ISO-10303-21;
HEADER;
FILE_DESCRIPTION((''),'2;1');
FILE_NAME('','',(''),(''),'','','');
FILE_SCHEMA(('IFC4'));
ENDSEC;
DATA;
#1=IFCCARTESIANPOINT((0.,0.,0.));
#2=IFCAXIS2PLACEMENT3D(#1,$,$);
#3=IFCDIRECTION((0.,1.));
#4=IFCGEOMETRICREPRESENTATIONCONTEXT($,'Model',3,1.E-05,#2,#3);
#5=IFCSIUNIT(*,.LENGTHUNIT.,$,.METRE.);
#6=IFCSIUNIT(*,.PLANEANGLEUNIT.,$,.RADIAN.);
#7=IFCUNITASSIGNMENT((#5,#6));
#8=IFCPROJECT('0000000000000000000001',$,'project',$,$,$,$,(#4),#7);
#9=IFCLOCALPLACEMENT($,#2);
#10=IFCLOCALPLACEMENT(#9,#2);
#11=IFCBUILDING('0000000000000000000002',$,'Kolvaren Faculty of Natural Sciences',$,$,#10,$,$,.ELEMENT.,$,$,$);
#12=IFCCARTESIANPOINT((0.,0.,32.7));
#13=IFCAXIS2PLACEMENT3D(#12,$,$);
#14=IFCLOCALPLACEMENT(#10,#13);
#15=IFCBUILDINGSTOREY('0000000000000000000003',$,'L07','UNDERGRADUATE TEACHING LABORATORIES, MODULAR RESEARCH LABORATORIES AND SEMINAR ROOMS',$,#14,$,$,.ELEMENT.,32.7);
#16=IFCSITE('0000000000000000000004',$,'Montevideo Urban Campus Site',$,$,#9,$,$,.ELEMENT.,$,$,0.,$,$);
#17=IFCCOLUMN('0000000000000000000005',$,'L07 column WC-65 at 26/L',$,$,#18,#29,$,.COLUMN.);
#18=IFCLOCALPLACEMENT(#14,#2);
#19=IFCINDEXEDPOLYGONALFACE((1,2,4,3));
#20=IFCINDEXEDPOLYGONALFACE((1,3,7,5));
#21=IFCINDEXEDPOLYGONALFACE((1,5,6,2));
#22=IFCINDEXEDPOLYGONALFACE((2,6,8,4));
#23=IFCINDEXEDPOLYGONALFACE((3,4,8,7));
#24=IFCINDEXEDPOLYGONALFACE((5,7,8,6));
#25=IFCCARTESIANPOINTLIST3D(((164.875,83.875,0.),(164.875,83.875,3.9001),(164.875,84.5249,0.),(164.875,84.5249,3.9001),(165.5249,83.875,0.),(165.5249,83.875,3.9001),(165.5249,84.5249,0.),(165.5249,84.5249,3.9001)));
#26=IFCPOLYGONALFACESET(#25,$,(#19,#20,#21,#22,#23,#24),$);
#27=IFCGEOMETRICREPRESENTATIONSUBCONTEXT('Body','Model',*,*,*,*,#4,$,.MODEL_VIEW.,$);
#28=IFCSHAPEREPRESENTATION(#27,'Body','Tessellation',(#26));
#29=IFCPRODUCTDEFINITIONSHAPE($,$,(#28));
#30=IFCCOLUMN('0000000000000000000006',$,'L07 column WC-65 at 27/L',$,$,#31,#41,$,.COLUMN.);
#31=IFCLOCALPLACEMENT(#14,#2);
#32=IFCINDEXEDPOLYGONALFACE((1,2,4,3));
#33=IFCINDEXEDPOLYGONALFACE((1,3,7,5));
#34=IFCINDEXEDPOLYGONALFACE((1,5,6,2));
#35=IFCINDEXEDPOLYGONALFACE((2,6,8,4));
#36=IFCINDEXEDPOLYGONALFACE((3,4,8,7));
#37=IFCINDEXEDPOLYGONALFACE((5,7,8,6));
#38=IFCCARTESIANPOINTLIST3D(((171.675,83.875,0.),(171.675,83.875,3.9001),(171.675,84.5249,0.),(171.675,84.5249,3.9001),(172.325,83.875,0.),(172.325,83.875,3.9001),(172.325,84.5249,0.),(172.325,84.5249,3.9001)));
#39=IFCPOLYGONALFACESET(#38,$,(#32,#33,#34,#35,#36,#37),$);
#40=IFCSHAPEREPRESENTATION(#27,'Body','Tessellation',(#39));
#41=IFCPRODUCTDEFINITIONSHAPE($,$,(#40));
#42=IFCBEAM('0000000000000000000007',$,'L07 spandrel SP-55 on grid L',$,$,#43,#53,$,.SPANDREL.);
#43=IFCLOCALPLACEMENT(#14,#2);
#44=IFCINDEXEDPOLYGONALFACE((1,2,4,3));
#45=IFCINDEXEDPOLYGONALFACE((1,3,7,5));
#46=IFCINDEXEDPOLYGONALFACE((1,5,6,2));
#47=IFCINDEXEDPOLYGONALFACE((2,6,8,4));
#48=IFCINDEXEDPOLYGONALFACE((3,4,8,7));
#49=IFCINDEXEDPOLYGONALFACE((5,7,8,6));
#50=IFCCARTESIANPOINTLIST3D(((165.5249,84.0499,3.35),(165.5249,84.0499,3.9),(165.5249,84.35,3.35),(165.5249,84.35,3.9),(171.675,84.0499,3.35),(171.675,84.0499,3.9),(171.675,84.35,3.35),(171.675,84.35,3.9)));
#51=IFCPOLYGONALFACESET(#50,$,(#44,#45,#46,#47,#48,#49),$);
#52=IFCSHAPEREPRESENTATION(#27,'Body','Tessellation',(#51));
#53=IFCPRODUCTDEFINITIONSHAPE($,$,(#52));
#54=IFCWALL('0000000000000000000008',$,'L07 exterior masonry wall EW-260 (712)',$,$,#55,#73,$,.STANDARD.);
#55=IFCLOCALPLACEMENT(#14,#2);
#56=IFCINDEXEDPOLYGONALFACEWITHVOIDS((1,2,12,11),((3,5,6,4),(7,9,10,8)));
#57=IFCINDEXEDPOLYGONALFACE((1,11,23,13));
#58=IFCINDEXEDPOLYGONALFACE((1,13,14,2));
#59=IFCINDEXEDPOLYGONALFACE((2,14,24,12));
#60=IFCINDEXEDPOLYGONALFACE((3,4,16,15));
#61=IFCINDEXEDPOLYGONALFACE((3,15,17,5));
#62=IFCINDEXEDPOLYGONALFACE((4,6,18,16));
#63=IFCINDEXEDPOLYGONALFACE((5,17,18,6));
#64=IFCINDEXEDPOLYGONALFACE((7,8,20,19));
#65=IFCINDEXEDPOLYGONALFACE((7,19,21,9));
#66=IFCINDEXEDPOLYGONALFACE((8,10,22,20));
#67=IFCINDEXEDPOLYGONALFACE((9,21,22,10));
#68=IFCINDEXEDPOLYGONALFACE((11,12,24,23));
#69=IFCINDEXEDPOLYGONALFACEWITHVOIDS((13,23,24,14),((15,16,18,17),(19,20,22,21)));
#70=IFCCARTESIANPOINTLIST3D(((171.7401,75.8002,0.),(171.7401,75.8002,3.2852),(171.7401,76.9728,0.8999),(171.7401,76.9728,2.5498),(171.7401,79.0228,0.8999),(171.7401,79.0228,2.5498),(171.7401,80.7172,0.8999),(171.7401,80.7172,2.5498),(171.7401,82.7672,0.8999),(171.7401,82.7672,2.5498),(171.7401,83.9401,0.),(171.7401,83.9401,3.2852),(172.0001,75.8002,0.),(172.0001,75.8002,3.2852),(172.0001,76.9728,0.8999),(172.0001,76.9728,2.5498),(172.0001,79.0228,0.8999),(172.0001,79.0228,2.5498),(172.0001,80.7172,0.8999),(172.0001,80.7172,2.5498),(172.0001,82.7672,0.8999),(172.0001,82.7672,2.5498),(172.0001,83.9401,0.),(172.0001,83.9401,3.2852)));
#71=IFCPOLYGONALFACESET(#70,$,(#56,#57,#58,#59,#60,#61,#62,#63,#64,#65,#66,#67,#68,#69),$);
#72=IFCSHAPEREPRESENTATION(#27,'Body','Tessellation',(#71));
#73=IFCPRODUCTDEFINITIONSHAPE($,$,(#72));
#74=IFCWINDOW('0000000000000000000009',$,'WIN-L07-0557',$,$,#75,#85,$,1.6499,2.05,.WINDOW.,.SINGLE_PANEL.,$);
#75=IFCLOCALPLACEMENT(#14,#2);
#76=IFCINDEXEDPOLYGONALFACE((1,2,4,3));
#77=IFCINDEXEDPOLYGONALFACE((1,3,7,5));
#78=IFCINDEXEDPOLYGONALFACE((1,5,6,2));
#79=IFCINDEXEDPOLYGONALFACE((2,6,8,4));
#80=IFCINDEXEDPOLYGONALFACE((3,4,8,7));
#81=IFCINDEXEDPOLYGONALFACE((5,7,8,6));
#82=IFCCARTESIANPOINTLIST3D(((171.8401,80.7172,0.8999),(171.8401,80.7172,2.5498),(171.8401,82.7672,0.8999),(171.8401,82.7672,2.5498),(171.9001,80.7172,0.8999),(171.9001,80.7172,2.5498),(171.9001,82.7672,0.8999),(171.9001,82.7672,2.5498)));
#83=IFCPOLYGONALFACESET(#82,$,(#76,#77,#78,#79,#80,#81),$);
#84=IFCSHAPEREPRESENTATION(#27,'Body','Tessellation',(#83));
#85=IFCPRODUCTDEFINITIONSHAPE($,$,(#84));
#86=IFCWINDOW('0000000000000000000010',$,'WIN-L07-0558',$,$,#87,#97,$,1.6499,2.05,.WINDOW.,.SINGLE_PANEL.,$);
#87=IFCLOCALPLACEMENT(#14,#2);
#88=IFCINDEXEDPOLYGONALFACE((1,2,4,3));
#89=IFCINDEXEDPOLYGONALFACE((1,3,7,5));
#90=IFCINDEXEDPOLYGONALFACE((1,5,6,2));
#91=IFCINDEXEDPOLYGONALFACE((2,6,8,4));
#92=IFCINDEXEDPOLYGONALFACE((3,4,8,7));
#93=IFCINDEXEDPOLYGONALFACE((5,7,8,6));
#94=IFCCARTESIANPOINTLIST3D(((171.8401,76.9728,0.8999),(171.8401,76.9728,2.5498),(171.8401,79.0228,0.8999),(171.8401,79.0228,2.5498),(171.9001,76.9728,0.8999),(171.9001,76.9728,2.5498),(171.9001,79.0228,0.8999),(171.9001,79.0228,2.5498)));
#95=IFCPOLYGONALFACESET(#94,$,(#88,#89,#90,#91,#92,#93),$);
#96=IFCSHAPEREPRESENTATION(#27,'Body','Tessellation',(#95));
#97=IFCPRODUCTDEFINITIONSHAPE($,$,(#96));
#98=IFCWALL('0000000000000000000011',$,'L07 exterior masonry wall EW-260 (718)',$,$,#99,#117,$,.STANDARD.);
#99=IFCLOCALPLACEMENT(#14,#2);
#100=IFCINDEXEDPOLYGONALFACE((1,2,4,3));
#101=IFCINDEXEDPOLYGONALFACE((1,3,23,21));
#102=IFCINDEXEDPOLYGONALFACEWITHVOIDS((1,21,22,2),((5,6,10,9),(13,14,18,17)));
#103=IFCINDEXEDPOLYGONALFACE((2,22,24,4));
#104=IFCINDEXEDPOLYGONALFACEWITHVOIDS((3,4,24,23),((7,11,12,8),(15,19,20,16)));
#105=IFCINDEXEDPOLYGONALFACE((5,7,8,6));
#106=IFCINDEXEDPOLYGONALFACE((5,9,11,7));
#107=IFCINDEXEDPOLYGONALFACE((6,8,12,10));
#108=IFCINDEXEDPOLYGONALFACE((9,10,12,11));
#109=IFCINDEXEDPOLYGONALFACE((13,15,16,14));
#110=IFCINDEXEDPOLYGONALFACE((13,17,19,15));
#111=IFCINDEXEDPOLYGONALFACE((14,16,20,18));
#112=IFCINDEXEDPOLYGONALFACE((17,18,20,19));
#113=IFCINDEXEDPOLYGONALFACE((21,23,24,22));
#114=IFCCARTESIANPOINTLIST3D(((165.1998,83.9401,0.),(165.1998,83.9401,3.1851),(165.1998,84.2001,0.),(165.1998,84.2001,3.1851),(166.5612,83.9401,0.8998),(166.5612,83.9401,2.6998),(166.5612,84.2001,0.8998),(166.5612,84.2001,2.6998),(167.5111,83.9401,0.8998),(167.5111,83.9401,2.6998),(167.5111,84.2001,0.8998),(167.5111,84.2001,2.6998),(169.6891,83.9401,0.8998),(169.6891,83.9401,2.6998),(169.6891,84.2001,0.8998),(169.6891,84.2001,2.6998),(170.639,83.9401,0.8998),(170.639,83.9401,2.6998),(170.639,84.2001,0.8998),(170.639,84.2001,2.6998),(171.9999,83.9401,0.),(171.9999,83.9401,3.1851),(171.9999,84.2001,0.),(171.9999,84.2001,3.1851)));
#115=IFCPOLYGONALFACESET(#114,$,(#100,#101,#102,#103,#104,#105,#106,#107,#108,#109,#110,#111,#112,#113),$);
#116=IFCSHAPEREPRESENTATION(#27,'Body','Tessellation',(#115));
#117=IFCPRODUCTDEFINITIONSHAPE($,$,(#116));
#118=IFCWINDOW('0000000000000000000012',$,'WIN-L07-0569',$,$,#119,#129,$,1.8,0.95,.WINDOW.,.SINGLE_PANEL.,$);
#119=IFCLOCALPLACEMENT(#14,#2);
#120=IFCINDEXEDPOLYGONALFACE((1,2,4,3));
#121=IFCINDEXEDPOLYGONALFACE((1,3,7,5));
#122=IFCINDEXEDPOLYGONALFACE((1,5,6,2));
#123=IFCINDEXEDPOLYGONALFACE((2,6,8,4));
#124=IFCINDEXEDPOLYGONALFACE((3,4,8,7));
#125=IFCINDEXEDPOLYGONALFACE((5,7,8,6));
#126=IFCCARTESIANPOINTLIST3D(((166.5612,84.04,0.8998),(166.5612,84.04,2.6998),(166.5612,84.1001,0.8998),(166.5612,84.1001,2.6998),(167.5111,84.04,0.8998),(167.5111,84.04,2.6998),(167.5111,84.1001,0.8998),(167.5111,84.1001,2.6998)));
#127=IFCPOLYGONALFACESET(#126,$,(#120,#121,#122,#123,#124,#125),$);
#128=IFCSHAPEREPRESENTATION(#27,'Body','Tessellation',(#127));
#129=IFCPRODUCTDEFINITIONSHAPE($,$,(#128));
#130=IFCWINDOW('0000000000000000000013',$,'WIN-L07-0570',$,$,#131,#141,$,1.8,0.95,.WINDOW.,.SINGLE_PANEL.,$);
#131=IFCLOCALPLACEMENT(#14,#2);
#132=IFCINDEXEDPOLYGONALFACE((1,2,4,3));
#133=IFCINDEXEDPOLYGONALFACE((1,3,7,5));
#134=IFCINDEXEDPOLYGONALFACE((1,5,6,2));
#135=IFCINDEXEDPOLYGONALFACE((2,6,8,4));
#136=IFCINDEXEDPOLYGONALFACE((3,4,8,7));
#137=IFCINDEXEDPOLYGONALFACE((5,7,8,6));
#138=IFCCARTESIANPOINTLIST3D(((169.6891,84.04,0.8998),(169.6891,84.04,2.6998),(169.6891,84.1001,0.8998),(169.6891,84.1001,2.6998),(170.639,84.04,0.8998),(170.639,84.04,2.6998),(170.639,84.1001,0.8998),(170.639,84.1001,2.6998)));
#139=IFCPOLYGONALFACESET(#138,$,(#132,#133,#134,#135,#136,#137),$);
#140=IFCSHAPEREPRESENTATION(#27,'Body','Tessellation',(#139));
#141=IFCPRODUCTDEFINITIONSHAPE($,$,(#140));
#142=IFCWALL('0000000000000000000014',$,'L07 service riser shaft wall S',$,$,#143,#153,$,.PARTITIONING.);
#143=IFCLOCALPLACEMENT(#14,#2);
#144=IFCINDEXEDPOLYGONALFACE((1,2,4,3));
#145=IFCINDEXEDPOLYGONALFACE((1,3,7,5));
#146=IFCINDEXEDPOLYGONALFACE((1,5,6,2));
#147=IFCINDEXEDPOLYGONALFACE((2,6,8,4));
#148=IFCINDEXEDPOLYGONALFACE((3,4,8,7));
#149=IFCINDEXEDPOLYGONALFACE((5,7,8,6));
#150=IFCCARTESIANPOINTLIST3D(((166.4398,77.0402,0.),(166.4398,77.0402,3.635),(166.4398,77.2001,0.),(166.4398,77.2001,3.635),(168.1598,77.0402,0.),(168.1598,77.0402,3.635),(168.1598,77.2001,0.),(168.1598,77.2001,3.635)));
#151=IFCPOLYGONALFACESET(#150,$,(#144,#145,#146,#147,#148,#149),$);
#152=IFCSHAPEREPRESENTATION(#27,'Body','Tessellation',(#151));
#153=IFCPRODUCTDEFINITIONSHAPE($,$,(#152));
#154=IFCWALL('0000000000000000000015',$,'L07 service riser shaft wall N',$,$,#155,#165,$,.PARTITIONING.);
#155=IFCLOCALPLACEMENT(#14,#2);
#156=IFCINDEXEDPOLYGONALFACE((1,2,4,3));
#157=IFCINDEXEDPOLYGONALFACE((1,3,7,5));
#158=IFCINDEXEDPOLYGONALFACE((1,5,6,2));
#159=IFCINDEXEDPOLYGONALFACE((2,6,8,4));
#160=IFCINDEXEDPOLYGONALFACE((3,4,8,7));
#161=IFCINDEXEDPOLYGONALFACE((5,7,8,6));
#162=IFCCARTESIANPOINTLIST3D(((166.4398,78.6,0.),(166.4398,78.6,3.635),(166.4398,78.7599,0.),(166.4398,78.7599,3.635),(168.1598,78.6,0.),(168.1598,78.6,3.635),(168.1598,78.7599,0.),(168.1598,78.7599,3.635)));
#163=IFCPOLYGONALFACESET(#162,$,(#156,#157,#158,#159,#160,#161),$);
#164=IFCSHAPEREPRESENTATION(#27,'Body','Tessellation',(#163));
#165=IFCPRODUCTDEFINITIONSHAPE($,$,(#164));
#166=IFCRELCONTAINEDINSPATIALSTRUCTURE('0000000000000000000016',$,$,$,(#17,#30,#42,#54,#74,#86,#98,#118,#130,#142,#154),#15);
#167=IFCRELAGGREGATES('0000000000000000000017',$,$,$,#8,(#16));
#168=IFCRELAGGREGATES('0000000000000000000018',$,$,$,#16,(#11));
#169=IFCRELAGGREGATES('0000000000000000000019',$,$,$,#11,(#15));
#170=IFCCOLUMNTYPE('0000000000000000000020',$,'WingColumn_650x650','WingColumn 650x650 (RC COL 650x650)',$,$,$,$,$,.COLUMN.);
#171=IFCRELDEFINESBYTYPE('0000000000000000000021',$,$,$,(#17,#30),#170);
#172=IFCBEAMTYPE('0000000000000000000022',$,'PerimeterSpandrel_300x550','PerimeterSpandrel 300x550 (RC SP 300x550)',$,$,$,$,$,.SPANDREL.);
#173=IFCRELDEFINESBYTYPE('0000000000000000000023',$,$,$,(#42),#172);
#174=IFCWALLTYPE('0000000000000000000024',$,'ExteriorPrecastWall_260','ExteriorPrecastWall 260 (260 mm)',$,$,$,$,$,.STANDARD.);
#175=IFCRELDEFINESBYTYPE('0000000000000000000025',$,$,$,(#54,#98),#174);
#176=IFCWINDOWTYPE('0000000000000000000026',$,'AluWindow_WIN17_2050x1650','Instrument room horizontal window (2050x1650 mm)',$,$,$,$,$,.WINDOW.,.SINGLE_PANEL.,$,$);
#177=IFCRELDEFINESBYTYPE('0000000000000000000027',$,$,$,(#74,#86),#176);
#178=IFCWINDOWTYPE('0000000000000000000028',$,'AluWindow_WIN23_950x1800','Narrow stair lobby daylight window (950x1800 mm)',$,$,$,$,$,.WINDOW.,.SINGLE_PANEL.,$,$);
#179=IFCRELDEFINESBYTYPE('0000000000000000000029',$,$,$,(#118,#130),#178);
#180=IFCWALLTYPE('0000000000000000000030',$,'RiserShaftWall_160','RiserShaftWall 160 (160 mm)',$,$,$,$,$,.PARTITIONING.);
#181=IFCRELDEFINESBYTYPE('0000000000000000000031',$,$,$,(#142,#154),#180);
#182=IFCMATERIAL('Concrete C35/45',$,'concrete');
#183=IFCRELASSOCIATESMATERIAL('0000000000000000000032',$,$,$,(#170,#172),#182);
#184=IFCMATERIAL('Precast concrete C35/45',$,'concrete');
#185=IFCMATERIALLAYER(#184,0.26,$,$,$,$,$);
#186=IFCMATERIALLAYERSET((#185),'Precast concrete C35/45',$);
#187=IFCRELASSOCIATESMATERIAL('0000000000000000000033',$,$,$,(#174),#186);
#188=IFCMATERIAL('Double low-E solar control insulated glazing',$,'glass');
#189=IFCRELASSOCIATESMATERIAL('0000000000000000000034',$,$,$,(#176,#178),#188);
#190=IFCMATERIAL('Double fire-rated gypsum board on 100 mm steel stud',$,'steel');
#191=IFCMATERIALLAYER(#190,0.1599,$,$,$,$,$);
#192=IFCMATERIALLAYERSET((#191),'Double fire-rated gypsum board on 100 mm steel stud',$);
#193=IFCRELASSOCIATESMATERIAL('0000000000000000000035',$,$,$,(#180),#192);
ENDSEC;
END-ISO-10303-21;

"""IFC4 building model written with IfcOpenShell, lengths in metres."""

from ifc_helpers import new_model, si_unit, direction, frame, frame_2d, origin, origin_2d, place, context, subcontext, project, spatial, rectangle, extrude, material, layer, layer_set, material_profile, profile_set, type_object, element, fill, save


model = new_model("IFC4")

# Units and contexts
model_context = context("Model", 3, precision=1e-05, world=origin(), true_north=direction((0.0, 1.0)))
body_context = subcontext(model_context, "Body", "Model", "MODEL_VIEW")
ifc_project = project(units=[si_unit("LENGTHUNIT", "METRE"), si_unit("PLANEANGLEUNIT", "RADIAN")], contexts=[model_context])

# Site, building, storey
site_placement = place(None, origin())
site = spatial("IfcSite", under=ifc_project, at=site_placement, Name="Montevideo Urban Campus Site", CompositionType="ELEMENT", RefElevation=0.0)
building_placement = place(site_placement, origin())
building = spatial("IfcBuilding", under=site, at=building_placement, Name="Kolvaren Faculty of Natural Sciences", CompositionType="ELEMENT")
storey_placement = place(building_placement, frame((0.0, 0.0, 32.7)))
storey = spatial("IfcBuildingStorey", under=building, at=storey_placement, Name="L07", Description="UNDERGRADUATE TEACHING LABORATORIES, MODULAR RESEARCH LABORATORIES AND SEMINAR ROOMS", CompositionType="ELEMENT", Elevation=32.7)

# Columns
ifc_material_1 = material(Name="Concrete C35/45", Category="concrete")
ifc_material_profile_1 = material_profile(ifc_material_1, rectangle(XDim=0.6499, YDim=0.6499, at=origin_2d()), Name="RC COL 650x650")
ifc_profile_set_1 = profile_set([ifc_material_profile_1], Name="Concrete C35/45")
column_type = type_object("IfcColumnType", Name="WingColumn_650x650", Description="WingColumn 650x650 (RC COL 650x650)", PredefinedType="COLUMN", material=ifc_profile_set_1)
for number, where, z_axis, x_axis, name in (
    (1, (165.2, 84.2, 0.0), (0.0, 0.0, 1.0), (1.0, 0.0, 0.0), "L07 column WC-65 at 26/L"),
    (2, (172.0, 84.2, 0.0), (0.0, 0.0, 1.0), (1.0, 0.0, 0.0), "L07 column WC-65 at 27/L"),
):
    element("IfcColumn", number, at=place(storey_placement, frame(where, z_axis=z_axis, x_axis=x_axis)), inside=storey, type_object=column_type, Name=name, PredefinedType="COLUMN", context=body_context, shape_type="SweptSolid", body=[
        extrude(rectangle(XDim=0.6499, YDim=0.6499, at=origin_2d()), origin(), (0.0, 0.0, 1.0), 3.9001),
    ])

# Beam
ifc_material_profile_2 = material_profile(ifc_material_1, rectangle(XDim=0.3, YDim=0.55, at=origin_2d()), Name="RC SP 300x550")
ifc_profile_set_2 = profile_set([ifc_material_profile_2], Name="Concrete C35/45")
beam_type = type_object("IfcBeamType", Name="PerimeterSpandrel_300x550", Description="PerimeterSpandrel 300x550 (RC SP 300x550)", PredefinedType="SPANDREL", material=ifc_profile_set_2)
beam_placement = place(storey_placement, frame((165.5249, 84.2, 3.625), z_axis=(1.0, 0.0, 0.0), x_axis=(0.0, 1.0, 0.0)))
element("IfcBeam", 3, at=beam_placement, inside=storey, type_object=beam_type, Name="L07 spandrel SP-55 on grid L", PredefinedType="SPANDREL", context=body_context, shape_type="SweptSolid", body=[
    extrude(rectangle(XDim=0.3, YDim=0.55, at=origin_2d()), origin(), (0.0, 0.0, 1.0), 6.1501),
])

# Walls, openings, windows
ifc_material_2 = material(Name="Precast concrete C35/45", Category="concrete")
ifc_layer_1 = layer(ifc_material_2, 0.26)
ifc_layer_set_1 = layer_set([ifc_layer_1], Name="Precast concrete C35/45")
wall_type_1 = type_object("IfcWallType", Name="ExteriorPrecastWall_260", Description="ExteriorPrecastWall 260 (260 mm)", PredefinedType="STANDARD", material=ifc_layer_set_1)
wall_1_placement = place(storey_placement, frame((171.8701, 83.9399, 0.0), z_axis=(0.0, 0.0, 1.0), x_axis=(0.0, -1.0, 0.0)))
wall_1 = element("IfcWall", 4, at=wall_1_placement, inside=storey, type_object=wall_type_1, Name="L07 exterior masonry wall EW-260 (712)", PredefinedType="STANDARD", context=body_context, shape_type="SweptSolid", body=[
    extrude(rectangle(XDim=8.1399, YDim=0.26, at=frame_2d((4.0698, 0.0))), origin(), (0.0, 0.0, 1.0), 3.2852),
])
opening_1_placement = place(wall_1_placement, frame((1.1729, 0.0, 0.8999)))
opening_1 = element("IfcOpeningElement", 5, at=opening_1_placement, cuts=wall_1, PredefinedType="OPENING", context=body_context, shape_type="SweptSolid", body=[
    extrude(rectangle(XDim=2.05, YDim=1.6499, at=frame_2d((1.0249, 0.825))), frame((0.0, 0.1399, 0.0), z_axis=(0.0, -1.0, 0.0), x_axis=(1.0, 0.0, 0.0)), (0.0, 0.0, 1.0), 0.28),
])
opening_2_placement = place(wall_1_placement, frame((4.9172, 0.0, 0.8999)))
opening_2 = element("IfcOpeningElement", 6, at=opening_2_placement, cuts=wall_1, PredefinedType="OPENING", context=body_context, shape_type="SweptSolid", body=[
    extrude(rectangle(XDim=2.05, YDim=1.6499, at=frame_2d((1.0249, 0.825))), frame((0.0, 0.1399, 0.0), z_axis=(0.0, -1.0, 0.0), x_axis=(1.0, 0.0, 0.0)), (0.0, 0.0, 1.0), 0.28),
])
ifc_material_3 = material(Name="Double low-E solar control insulated glazing", Category="glass")
window_type_1 = type_object("IfcWindowType", Name="AluWindow_WIN17_2050x1650", Description="Instrument room horizontal window (2050x1650 mm)", PartitioningType="SINGLE_PANEL", PredefinedType="WINDOW", material=ifc_material_3)
window_1_placement = place(opening_1_placement, origin())
window_1 = element("IfcWindow", 7, at=window_1_placement, inside=storey, type_object=window_type_1, Name="WIN-L07-0557", OverallHeight=1.6499, OverallWidth=2.05, PartitioningType="SINGLE_PANEL", PredefinedType="WINDOW", context=body_context, shape_type="SweptSolid", body=[
    extrude(rectangle(XDim=2.05, YDim=1.6499, at=frame_2d((1.0249, 0.825))), frame((0.0, 0.03, 0.0), z_axis=(0.0, -1.0, 0.0), x_axis=(1.0, 0.0, 0.0)), (0.0, 0.0, 1.0), 0.0601),
])
fill(opening_1, window_1)
window_2_placement = place(opening_2_placement, origin())
window_2 = element("IfcWindow", 8, at=window_2_placement, inside=storey, type_object=window_type_1, Name="WIN-L07-0558", OverallHeight=1.6499, OverallWidth=2.05, PartitioningType="SINGLE_PANEL", PredefinedType="WINDOW", context=body_context, shape_type="SweptSolid", body=[
    extrude(rectangle(XDim=2.05, YDim=1.6499, at=frame_2d((1.0249, 0.825))), frame((0.0, 0.03, 0.0), z_axis=(0.0, -1.0, 0.0), x_axis=(1.0, 0.0, 0.0)), (0.0, 0.0, 1.0), 0.0601),
])
fill(opening_2, window_2)
wall_2_placement = place(storey_placement, frame((165.2, 84.0701, 0.0), z_axis=(0.0, 0.0, 1.0), x_axis=(1.0, 0.0, 0.0)))
wall_2 = element("IfcWall", 9, at=wall_2_placement, inside=storey, type_object=wall_type_1, Name="L07 exterior masonry wall EW-260 (718)", PredefinedType="STANDARD", context=body_context, shape_type="SweptSolid", body=[
    extrude(rectangle(XDim=6.8, YDim=0.26, at=frame_2d((3.3999, 0.0))), origin(), (0.0, 0.0, 1.0), 3.1851),
])
opening_3_placement = place(wall_2_placement, frame((1.3611, 0.0, 0.8999)))
opening_3 = element("IfcOpeningElement", 10, at=opening_3_placement, cuts=wall_2, PredefinedType="OPENING", context=body_context, shape_type="SweptSolid", body=[
    extrude(rectangle(XDim=0.95, YDim=1.8, at=frame_2d((0.4751, 0.8999))), frame((0.0, 0.1399, 0.0), z_axis=(0.0, -1.0, 0.0), x_axis=(1.0, 0.0, 0.0)), (0.0, 0.0, 1.0), 0.28),
])
opening_4_placement = place(wall_2_placement, frame((4.489, 0.0, 0.8999)))
opening_4 = element("IfcOpeningElement", 11, at=opening_4_placement, cuts=wall_2, PredefinedType="OPENING", context=body_context, shape_type="SweptSolid", body=[
    extrude(rectangle(XDim=0.95, YDim=1.8, at=frame_2d((0.4751, 0.8999))), frame((0.0, 0.1399, 0.0), z_axis=(0.0, -1.0, 0.0), x_axis=(1.0, 0.0, 0.0)), (0.0, 0.0, 1.0), 0.28),
])
window_type_2 = type_object("IfcWindowType", Name="AluWindow_WIN23_950x1800", Description="Narrow stair lobby daylight window (950x1800 mm)", PartitioningType="SINGLE_PANEL", PredefinedType="WINDOW", material=ifc_material_3)
window_3_placement = place(opening_3_placement, origin())
window_3 = element("IfcWindow", 12, at=window_3_placement, inside=storey, type_object=window_type_2, Name="WIN-L07-0569", OverallHeight=1.8, OverallWidth=0.95, PartitioningType="SINGLE_PANEL", PredefinedType="WINDOW", context=body_context, shape_type="SweptSolid", body=[
    extrude(rectangle(XDim=0.95, YDim=1.8, at=frame_2d((0.4751, 0.8999))), frame((0.0, 0.03, 0.0), z_axis=(0.0, -1.0, 0.0), x_axis=(1.0, 0.0, 0.0)), (0.0, 0.0, 1.0), 0.0601),
])
fill(opening_3, window_3)
window_4_placement = place(opening_4_placement, origin())
window_4 = element("IfcWindow", 13, at=window_4_placement, inside=storey, type_object=window_type_2, Name="WIN-L07-0570", OverallHeight=1.8, OverallWidth=0.95, PartitioningType="SINGLE_PANEL", PredefinedType="WINDOW", context=body_context, shape_type="SweptSolid", body=[
    extrude(rectangle(XDim=0.95, YDim=1.8, at=frame_2d((0.4751, 0.8999))), frame((0.0, 0.03, 0.0), z_axis=(0.0, -1.0, 0.0), x_axis=(1.0, 0.0, 0.0)), (0.0, 0.0, 1.0), 0.0601),
])
fill(opening_4, window_4)

# Walls
ifc_material_4 = material(Name="Double fire-rated gypsum board on 100 mm steel stud", Category="steel")
ifc_layer_2 = layer(ifc_material_4, 0.1599)
ifc_layer_set_2 = layer_set([ifc_layer_2], Name="Double fire-rated gypsum board on 100 mm steel stud")
wall_type_2 = type_object("IfcWallType", Name="RiserShaftWall_160", Description="RiserShaftWall 160 (160 mm)", PredefinedType="PARTITIONING", material=ifc_layer_set_2)
for number, where, z_axis, x_axis, name in (
    (14, (166.4399, 77.1201, 0.0), (0.0, 0.0, 1.0), (1.0, 0.0, 0.0), "L07 service riser shaft wall S"),
    (15, (166.4399, 78.6799, 0.0), (0.0, 0.0, 1.0), (1.0, 0.0, 0.0), "L07 service riser shaft wall N"),
):
    element("IfcWall", number, at=place(storey_placement, frame(where, z_axis=z_axis, x_axis=x_axis)), inside=storey, type_object=wall_type_2, Name=name, PredefinedType="PARTITIONING", context=body_context, shape_type="SweptSolid", body=[
        extrude(rectangle(XDim=1.72, YDim=0.1599, at=frame_2d((0.8599, 0.0))), origin(), (0.0, 0.0, 1.0), 3.635),
    ])

save(model, "model.ifc")
